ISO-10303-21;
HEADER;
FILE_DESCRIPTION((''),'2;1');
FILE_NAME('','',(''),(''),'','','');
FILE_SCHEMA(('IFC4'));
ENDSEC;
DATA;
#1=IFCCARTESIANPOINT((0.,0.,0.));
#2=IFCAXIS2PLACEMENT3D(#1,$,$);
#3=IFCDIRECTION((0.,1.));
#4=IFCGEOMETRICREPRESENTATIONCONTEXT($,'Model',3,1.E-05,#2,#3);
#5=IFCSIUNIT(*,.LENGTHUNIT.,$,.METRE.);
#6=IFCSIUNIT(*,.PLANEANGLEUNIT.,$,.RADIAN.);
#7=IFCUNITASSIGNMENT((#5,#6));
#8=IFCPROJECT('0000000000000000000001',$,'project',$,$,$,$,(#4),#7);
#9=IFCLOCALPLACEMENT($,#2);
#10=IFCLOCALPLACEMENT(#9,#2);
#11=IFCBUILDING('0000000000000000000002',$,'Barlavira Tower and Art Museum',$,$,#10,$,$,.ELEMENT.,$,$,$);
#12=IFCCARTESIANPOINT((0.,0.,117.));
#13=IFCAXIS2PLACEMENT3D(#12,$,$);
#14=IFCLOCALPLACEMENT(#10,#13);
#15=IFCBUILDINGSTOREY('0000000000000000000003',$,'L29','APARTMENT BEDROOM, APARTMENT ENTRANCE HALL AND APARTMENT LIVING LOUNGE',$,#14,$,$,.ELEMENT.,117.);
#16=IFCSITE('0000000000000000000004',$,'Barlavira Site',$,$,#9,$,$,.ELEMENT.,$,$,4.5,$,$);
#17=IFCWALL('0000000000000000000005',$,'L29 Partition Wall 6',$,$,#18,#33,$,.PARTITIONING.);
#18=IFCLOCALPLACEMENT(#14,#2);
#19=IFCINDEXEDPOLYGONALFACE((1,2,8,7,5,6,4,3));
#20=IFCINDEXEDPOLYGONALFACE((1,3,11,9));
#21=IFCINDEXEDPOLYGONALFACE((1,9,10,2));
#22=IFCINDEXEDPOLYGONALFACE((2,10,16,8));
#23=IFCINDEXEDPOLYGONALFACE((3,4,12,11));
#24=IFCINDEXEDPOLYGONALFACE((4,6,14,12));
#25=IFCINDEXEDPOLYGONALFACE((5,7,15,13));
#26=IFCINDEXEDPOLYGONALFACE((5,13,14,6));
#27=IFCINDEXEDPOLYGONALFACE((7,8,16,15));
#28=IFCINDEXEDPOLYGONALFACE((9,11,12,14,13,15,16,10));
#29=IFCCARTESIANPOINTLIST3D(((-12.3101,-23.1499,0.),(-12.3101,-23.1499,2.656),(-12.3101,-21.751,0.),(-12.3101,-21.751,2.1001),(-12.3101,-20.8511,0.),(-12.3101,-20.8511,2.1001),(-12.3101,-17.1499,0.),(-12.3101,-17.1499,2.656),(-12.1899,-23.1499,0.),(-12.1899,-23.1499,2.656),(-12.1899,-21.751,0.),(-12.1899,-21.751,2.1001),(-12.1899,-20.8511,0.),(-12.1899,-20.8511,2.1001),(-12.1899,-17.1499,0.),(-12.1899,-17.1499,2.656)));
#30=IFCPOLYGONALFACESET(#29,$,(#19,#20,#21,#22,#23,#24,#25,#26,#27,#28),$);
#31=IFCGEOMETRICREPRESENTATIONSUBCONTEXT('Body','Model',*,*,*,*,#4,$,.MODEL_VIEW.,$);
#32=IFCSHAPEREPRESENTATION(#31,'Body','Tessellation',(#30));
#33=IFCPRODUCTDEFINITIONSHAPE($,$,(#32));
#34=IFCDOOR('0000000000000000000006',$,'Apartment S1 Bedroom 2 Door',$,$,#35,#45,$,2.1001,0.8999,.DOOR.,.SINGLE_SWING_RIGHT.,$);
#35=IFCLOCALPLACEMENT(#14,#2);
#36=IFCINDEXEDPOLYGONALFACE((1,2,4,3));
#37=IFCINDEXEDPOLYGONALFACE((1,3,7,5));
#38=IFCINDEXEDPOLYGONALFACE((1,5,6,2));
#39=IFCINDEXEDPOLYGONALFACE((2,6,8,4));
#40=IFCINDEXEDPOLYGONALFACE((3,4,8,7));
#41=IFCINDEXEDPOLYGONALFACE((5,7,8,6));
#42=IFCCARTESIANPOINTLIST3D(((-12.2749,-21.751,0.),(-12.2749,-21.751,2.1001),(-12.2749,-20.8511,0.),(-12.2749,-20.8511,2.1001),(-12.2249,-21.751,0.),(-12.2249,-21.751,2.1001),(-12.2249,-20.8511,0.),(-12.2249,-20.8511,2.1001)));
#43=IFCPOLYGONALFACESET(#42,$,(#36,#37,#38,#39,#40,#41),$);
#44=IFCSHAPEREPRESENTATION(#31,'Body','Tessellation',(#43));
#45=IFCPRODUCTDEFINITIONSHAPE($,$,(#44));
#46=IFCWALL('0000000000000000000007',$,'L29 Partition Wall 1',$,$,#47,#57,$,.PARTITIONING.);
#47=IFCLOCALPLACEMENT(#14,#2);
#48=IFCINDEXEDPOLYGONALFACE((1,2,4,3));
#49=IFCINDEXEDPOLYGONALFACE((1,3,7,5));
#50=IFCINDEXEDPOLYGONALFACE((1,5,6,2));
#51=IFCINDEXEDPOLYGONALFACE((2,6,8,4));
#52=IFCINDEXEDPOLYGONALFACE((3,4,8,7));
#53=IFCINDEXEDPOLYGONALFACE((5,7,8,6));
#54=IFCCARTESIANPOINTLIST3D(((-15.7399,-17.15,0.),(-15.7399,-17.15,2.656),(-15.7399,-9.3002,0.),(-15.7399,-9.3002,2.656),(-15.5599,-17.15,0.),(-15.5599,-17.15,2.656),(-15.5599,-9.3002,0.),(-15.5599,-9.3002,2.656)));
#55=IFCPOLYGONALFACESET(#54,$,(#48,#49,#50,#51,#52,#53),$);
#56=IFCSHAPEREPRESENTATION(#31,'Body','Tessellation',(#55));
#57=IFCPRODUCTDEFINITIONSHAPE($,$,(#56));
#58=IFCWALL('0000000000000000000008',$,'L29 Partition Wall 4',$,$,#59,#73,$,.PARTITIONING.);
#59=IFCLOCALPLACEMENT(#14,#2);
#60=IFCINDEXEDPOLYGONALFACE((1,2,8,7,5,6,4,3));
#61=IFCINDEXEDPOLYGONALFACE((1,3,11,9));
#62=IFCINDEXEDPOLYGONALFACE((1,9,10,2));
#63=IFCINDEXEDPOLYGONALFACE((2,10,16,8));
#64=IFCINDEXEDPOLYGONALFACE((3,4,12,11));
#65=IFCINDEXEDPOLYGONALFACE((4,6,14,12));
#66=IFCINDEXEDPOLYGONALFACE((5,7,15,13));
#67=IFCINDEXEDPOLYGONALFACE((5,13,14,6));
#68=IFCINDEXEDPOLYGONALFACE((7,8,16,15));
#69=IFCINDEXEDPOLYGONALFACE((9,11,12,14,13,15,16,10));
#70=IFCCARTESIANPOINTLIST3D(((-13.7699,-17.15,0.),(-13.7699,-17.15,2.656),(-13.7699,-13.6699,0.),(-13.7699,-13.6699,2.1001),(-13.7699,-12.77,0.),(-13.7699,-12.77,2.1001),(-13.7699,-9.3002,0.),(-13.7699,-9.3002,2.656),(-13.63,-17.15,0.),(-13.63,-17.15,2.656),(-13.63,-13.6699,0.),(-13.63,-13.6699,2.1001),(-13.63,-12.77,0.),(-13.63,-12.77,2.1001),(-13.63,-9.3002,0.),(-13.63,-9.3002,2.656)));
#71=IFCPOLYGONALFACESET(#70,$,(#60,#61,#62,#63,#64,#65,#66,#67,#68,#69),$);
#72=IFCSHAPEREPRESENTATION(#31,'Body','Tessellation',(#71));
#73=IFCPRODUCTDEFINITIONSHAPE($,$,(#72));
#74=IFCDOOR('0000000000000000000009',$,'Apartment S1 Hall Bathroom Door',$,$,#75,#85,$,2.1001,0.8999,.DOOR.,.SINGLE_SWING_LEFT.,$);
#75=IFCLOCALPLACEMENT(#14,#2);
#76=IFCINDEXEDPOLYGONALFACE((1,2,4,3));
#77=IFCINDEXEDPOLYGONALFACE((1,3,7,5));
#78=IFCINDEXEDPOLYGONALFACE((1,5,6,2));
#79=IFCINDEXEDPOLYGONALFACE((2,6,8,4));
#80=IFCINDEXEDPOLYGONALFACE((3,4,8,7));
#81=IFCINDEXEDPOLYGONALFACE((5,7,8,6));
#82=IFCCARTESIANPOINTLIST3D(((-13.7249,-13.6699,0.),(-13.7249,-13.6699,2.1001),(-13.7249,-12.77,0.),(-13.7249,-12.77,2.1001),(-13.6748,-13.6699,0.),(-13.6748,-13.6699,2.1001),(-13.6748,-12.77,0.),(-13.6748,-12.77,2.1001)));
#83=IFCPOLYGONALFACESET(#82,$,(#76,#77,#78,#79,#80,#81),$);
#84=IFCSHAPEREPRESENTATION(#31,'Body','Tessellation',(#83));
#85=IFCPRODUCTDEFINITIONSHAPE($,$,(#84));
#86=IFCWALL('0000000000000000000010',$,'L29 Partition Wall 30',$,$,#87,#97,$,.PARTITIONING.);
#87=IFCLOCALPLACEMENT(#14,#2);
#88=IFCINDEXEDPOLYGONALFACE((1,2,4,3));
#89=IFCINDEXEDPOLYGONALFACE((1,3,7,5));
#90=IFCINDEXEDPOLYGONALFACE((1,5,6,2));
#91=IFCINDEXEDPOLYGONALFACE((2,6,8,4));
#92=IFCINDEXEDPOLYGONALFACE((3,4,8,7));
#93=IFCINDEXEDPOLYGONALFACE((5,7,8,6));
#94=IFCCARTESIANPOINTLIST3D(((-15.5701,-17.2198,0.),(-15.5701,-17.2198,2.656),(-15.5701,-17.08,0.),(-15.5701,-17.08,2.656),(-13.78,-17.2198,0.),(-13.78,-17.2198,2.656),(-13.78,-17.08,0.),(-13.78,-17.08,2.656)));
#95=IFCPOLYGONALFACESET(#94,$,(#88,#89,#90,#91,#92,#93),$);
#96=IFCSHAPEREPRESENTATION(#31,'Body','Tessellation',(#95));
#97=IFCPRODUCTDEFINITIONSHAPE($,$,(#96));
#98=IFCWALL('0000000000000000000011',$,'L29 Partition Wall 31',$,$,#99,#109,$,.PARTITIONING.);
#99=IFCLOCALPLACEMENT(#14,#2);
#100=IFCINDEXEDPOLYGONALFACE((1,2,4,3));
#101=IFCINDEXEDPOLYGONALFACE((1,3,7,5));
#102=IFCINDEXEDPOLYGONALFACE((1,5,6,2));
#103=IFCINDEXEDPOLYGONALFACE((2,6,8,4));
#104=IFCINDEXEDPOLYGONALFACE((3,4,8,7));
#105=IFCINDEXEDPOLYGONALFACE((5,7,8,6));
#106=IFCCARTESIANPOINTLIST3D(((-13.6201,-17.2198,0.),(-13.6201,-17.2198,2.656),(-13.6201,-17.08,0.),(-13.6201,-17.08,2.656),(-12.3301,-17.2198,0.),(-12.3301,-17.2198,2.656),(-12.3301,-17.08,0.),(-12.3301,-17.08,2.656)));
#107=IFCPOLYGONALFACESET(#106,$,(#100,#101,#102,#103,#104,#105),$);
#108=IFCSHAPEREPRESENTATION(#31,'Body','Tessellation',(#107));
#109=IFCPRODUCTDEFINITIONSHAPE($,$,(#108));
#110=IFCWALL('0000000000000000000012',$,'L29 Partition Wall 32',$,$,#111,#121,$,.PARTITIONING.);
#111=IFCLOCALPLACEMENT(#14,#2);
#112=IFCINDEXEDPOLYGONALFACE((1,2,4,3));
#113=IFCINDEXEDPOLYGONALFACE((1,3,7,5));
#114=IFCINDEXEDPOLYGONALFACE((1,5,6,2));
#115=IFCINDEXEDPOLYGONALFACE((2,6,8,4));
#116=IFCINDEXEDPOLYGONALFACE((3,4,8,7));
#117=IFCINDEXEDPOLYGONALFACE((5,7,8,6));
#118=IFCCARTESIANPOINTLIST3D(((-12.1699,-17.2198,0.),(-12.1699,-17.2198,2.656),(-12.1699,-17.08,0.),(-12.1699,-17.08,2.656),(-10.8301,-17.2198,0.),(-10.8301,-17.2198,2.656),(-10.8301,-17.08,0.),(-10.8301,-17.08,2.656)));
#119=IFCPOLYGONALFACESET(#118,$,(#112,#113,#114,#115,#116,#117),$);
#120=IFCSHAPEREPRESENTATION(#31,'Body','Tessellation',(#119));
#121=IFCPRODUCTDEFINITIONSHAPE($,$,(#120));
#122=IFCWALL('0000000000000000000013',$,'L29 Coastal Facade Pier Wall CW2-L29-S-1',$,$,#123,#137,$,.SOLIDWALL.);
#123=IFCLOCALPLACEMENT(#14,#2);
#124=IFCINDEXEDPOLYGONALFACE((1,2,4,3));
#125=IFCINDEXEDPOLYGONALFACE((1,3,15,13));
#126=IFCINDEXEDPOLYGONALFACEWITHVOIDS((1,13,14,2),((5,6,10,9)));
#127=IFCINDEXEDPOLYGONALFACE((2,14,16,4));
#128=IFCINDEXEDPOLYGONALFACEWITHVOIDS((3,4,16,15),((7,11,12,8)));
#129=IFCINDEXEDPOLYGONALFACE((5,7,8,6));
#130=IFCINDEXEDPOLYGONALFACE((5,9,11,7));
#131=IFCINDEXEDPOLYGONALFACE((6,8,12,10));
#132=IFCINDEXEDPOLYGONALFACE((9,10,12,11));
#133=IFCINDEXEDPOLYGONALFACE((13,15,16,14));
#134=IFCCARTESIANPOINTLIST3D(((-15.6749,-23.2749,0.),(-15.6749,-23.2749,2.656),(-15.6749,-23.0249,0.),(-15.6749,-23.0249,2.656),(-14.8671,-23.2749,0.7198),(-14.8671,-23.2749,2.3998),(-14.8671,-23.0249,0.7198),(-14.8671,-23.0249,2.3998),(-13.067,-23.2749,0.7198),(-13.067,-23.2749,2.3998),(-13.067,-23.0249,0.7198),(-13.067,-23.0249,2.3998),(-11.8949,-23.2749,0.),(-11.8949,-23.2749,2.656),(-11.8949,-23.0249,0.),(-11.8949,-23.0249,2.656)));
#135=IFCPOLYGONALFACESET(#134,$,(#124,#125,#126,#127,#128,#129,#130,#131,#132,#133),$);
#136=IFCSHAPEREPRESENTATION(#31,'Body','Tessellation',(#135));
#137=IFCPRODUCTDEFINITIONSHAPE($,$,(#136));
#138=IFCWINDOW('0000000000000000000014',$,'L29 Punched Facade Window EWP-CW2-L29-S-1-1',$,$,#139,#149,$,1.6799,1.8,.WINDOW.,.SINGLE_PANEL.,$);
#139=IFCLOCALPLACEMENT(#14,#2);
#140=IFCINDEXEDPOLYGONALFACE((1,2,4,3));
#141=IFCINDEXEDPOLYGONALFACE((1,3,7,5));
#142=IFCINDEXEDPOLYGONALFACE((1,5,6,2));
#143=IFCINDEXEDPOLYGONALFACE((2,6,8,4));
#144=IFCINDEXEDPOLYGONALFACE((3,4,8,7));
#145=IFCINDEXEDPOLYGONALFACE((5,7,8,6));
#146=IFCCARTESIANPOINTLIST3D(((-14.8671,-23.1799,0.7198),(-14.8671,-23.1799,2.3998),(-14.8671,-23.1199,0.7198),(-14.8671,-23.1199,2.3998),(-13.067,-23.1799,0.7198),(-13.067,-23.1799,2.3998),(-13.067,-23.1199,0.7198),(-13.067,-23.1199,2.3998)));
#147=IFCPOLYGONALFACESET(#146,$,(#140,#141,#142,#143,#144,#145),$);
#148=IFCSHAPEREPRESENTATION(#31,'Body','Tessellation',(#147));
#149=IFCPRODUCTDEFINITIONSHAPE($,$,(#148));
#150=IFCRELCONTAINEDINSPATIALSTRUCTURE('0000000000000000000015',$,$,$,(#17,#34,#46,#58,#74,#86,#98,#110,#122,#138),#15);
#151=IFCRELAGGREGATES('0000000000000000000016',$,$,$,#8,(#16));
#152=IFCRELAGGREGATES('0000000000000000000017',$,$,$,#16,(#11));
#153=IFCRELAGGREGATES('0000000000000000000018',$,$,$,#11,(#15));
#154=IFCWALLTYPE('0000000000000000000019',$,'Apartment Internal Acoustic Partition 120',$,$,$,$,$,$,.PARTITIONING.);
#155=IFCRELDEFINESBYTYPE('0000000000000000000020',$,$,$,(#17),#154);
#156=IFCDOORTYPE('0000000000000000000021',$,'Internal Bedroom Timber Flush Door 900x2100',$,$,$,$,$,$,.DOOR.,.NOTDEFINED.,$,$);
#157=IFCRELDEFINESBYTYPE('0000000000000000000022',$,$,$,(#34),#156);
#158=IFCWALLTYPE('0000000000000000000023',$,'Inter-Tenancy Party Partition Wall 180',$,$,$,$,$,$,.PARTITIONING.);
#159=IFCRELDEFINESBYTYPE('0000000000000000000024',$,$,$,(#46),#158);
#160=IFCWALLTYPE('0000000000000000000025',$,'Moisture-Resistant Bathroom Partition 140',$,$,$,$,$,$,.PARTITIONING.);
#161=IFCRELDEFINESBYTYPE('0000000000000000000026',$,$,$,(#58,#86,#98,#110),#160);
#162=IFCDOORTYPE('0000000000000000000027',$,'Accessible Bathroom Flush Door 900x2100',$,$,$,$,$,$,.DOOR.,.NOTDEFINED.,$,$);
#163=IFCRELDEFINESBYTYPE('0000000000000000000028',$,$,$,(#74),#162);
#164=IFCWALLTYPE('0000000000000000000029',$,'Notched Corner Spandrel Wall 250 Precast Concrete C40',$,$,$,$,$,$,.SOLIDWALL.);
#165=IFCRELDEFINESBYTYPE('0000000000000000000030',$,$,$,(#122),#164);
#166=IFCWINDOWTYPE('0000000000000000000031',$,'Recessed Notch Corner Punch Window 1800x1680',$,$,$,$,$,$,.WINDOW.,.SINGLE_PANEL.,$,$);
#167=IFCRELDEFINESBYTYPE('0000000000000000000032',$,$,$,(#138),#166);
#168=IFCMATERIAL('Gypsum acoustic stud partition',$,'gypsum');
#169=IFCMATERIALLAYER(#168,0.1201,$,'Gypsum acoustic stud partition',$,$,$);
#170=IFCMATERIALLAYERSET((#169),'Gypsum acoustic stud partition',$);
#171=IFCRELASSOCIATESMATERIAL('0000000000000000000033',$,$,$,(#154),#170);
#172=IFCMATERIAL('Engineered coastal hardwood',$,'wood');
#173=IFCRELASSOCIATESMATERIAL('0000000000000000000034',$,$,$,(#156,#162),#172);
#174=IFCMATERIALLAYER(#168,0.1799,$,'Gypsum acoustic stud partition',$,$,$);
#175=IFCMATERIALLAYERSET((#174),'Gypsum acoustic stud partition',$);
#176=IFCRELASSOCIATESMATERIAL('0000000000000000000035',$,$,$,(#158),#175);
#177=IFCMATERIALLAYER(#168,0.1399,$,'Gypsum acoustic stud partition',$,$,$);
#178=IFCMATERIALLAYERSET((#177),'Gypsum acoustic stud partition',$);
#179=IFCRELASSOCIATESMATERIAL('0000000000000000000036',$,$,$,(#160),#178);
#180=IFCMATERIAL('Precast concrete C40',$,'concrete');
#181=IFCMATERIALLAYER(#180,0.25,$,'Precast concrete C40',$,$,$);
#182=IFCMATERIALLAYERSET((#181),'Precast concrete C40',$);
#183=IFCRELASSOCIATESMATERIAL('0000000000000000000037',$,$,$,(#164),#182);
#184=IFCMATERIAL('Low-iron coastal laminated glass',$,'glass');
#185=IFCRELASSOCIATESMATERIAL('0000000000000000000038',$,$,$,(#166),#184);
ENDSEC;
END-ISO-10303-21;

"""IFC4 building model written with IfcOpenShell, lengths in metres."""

from ifc_helpers import new_model, si_unit, direction, frame, frame_2d, origin, place, context, subcontext, project, spatial, rectangle, extrude, material, layer, layer_set, type_object, element, fill, save


model = new_model("IFC4")

# Units and contexts
model_context = context("Model", 3, precision=1e-05, world=origin(), true_north=direction((0.0, 1.0)))
body_context = subcontext(model_context, "Body", "Model", "MODEL_VIEW")
ifc_project = project(units=[si_unit("LENGTHUNIT", "METRE"), si_unit("PLANEANGLEUNIT", "RADIAN")], contexts=[model_context])

# Site, building, storey
site_placement = place(None, origin())
site = spatial("IfcSite", under=ifc_project, at=site_placement, Name="Barlavira Site", CompositionType="ELEMENT", RefElevation=4.5)
building_placement = place(site_placement, origin())
building = spatial("IfcBuilding", under=site, at=building_placement, Name="Barlavira Tower and Art Museum", CompositionType="ELEMENT")
storey_placement = place(building_placement, frame((0.0, 0.0, 117.0)))
storey = spatial("IfcBuildingStorey", under=building, at=storey_placement, Name="L29", Description="APARTMENT BEDROOM, APARTMENT ENTRANCE HALL AND APARTMENT LIVING LOUNGE", CompositionType="ELEMENT", Elevation=117.0)

# Wall, opening, door
ifc_material_1 = material(Name="Gypsum acoustic stud partition", Category="gypsum")
ifc_layer_1 = layer(ifc_material_1, 0.1201, Name="Gypsum acoustic stud partition")
ifc_layer_set_1 = layer_set([ifc_layer_1], Name="Gypsum acoustic stud partition")
wall_type_1 = type_object("IfcWallType", Name="Apartment Internal Acoustic Partition 120", PredefinedType="PARTITIONING", material=ifc_layer_set_1)
wall_1_placement = place(storey_placement, frame((-12.25, -23.1499, 0.0), z_axis=(0.0, 0.0, 1.0), x_axis=(0.0, 1.0, 0.0)))
wall_1 = element("IfcWall", 1, at=wall_1_placement, inside=storey, type_object=wall_type_1, Name="L29 Partition Wall 6", PredefinedType="PARTITIONING", context=body_context, shape_type="SweptSolid", body=[
    extrude(rectangle(XDim=6.0, YDim=0.1201, at=frame_2d((3.0, 0.0))), origin(), (0.0, 0.0, 1.0), 2.656),
])
opening_1_placement = place(wall_1_placement, frame((1.3989, 0.0, 0.0)))
opening_1 = element("IfcOpeningElement", 2, at=opening_1_placement, cuts=wall_1, PredefinedType="OPENING", context=body_context, shape_type="SweptSolid", body=[
    extrude(rectangle(XDim=0.8999, YDim=2.1001, at=frame_2d((0.45, 1.05))), frame((0.0, 0.0701, 0.0), z_axis=(0.0, -1.0, 0.0), x_axis=(1.0, 0.0, 0.0)), (0.0, 0.0, 1.0), 0.1401),
])
ifc_material_2 = material(Name="Engineered coastal hardwood", Category="wood")
door_type_1 = type_object("IfcDoorType", Name="Internal Bedroom Timber Flush Door 900x2100", OperationType="NOTDEFINED", PredefinedType="DOOR", material=ifc_material_2)
door_1_placement = place(opening_1_placement, origin())
door_1 = element("IfcDoor", 3, at=door_1_placement, inside=storey, type_object=door_type_1, Name="Apartment S1 Bedroom 2 Door", OperationType="SINGLE_SWING_RIGHT", OverallHeight=2.1001, OverallWidth=0.8999, PredefinedType="DOOR", context=body_context, shape_type="SweptSolid", body=[
    extrude(rectangle(XDim=0.8999, YDim=2.1001, at=frame_2d((0.45, 1.05))), frame((0.0, 0.0249, 0.0), z_axis=(0.0, -1.0, 0.0), x_axis=(1.0, 0.0, 0.0)), (0.0, 0.0, 1.0), 0.05),
])
fill(opening_1, door_1)

# Wall
ifc_layer_2 = layer(ifc_material_1, 0.1799, Name="Gypsum acoustic stud partition")
ifc_layer_set_2 = layer_set([ifc_layer_2], Name="Gypsum acoustic stud partition")
wall_type_2 = type_object("IfcWallType", Name="Inter-Tenancy Party Partition Wall 180", PredefinedType="PARTITIONING", material=ifc_layer_set_2)
wall_2_placement = place(storey_placement, frame((-15.6499, -17.1499, 0.0), z_axis=(0.0, 0.0, 1.0), x_axis=(0.0, 1.0, 0.0)))
element("IfcWall", 4, at=wall_2_placement, inside=storey, type_object=wall_type_2, Name="L29 Partition Wall 1", PredefinedType="PARTITIONING", context=body_context, shape_type="SweptSolid", body=[
    extrude(rectangle(XDim=7.8499, YDim=0.1799, at=frame_2d((3.9248, 0.0))), origin(), (0.0, 0.0, 1.0), 2.656),
])

# Wall, opening, door
ifc_layer_3 = layer(ifc_material_1, 0.1399, Name="Gypsum acoustic stud partition")
ifc_layer_set_3 = layer_set([ifc_layer_3], Name="Gypsum acoustic stud partition")
wall_type_3 = type_object("IfcWallType", Name="Moisture-Resistant Bathroom Partition 140", PredefinedType="PARTITIONING", material=ifc_layer_set_3)
wall_3_placement = place(storey_placement, frame((-13.7, -17.1499, 0.0), z_axis=(0.0, 0.0, 1.0), x_axis=(0.0, 1.0, 0.0)))
wall_3 = element("IfcWall", 5, at=wall_3_placement, inside=storey, type_object=wall_type_3, Name="L29 Partition Wall 4", PredefinedType="PARTITIONING", context=body_context, shape_type="SweptSolid", body=[
    extrude(rectangle(XDim=7.8499, YDim=0.1399, at=frame_2d((3.9248, 0.0))), origin(), (0.0, 0.0, 1.0), 2.656),
])
opening_2_placement = place(wall_3_placement, frame((3.48, 0.0, 0.0)))
opening_2 = element("IfcOpeningElement", 6, at=opening_2_placement, cuts=wall_3, PredefinedType="OPENING", context=body_context, shape_type="SweptSolid", body=[
    extrude(rectangle(XDim=0.8999, YDim=2.1001, at=frame_2d((0.45, 1.05))), frame((0.0, 0.0801, 0.0), z_axis=(0.0, -1.0, 0.0), x_axis=(1.0, 0.0, 0.0)), (0.0, 0.0, 1.0), 0.1599),
])
door_type_2 = type_object("IfcDoorType", Name="Accessible Bathroom Flush Door 900x2100", OperationType="NOTDEFINED", PredefinedType="DOOR", material=ifc_material_2)
door_2_placement = place(opening_2_placement, origin())
door_2 = element("IfcDoor", 7, at=door_2_placement, inside=storey, type_object=door_type_2, Name="Apartment S1 Hall Bathroom Door", OperationType="SINGLE_SWING_LEFT", OverallHeight=2.1001, OverallWidth=0.8999, PredefinedType="DOOR", context=body_context, shape_type="SweptSolid", body=[
    extrude(rectangle(XDim=0.8999, YDim=2.1001, at=frame_2d((0.45, 1.05))), frame((0.0, 0.0249, 0.0), z_axis=(0.0, -1.0, 0.0), x_axis=(1.0, 0.0, 0.0)), (0.0, 0.0, 1.0), 0.05),
])
fill(opening_2, door_2)

# Walls
wall_4_placement = place(storey_placement, frame((-15.5701, -17.1499, 0.0), z_axis=(0.0, 0.0, 1.0), x_axis=(1.0, 0.0, 0.0)))
element("IfcWall", 8, at=wall_4_placement, inside=storey, type_object=wall_type_3, Name="L29 Partition Wall 30", PredefinedType="PARTITIONING", context=body_context, shape_type="SweptSolid", body=[
    extrude(rectangle(XDim=1.79, YDim=0.1399, at=frame_2d((0.895, 0.0))), origin(), (0.0, 0.0, 1.0), 2.656),
])
wall_5_placement = place(storey_placement, frame((-13.6201, -17.1499, 0.0), z_axis=(0.0, 0.0, 1.0), x_axis=(1.0, 0.0, 0.0)))
element("IfcWall", 9, at=wall_5_placement, inside=storey, type_object=wall_type_3, Name="L29 Partition Wall 31", PredefinedType="PARTITIONING", context=body_context, shape_type="SweptSolid", body=[
    extrude(rectangle(XDim=1.29, YDim=0.1399, at=frame_2d((0.645, 0.0))), origin(), (0.0, 0.0, 1.0), 2.656),
])
wall_6_placement = place(storey_placement, frame((-12.1699, -17.1499, 0.0), z_axis=(0.0, 0.0, 1.0), x_axis=(1.0, 0.0, 0.0)))
element("IfcWall", 10, at=wall_6_placement, inside=storey, type_object=wall_type_3, Name="L29 Partition Wall 32", PredefinedType="PARTITIONING", context=body_context, shape_type="SweptSolid", body=[
    extrude(rectangle(XDim=1.3398, YDim=0.1399, at=frame_2d((0.6699, 0.0))), origin(), (0.0, 0.0, 1.0), 2.656),
])

# Wall, opening, window
ifc_material_3 = material(Name="Precast concrete C40", Category="concrete")
ifc_layer_4 = layer(ifc_material_3, 0.25, Name="Precast concrete C40")
ifc_layer_set_4 = layer_set([ifc_layer_4], Name="Precast concrete C40")
wall_type_4 = type_object("IfcWallType", Name="Notched Corner Spandrel Wall 250 Precast Concrete C40", PredefinedType="SOLIDWALL", material=ifc_layer_set_4)
wall_7_placement = place(storey_placement, frame((-15.675, -23.1499, 0.0), z_axis=(0.0, 0.0, 1.0), x_axis=(1.0, 0.0, 0.0)))
wall_7 = element("IfcWall", 11, at=wall_7_placement, inside=storey, type_object=wall_type_4, Name="L29 Coastal Facade Pier Wall CW2-L29-S-1", PredefinedType="SOLIDWALL", context=body_context, shape_type="SweptSolid", body=[
    extrude(rectangle(XDim=3.78, YDim=0.25, at=frame_2d((1.8901, 0.0))), origin(), (0.0, 0.0, 1.0), 2.656),
])
opening_3_placement = place(wall_7_placement, frame((0.8081, 0.0, 0.72)))
opening_3 = element("IfcOpeningElement", 12, at=opening_3_placement, cuts=wall_7, PredefinedType="OPENING", context=body_context, shape_type="SweptSolid", body=[
    extrude(rectangle(XDim=1.8, YDim=1.6799, at=frame_2d((0.8999, 0.8398))), frame((0.0, 0.135, 0.0), z_axis=(0.0, -1.0, 0.0), x_axis=(1.0, 0.0, 0.0)), (0.0, 0.0, 1.0), 0.27),
])
ifc_material_4 = material(Name="Low-iron coastal laminated glass", Category="glass")
window_type_1 = type_object("IfcWindowType", Name="Recessed Notch Corner Punch Window 1800x1680", PartitioningType="SINGLE_PANEL", PredefinedType="WINDOW", material=ifc_material_4)
window_1_placement = place(opening_3_placement, origin())
window_1 = element("IfcWindow", 13, at=window_1_placement, inside=storey, type_object=window_type_1, Name="L29 Punched Facade Window EWP-CW2-L29-S-1-1", OverallHeight=1.6799, OverallWidth=1.8, PartitioningType="SINGLE_PANEL", PredefinedType="WINDOW", context=body_context, shape_type="SweptSolid", body=[
    extrude(rectangle(XDim=1.8, YDim=1.6799, at=frame_2d((0.8999, 0.8398))), frame((0.0, 0.03, 0.0), z_axis=(0.0, -1.0, 0.0), x_axis=(1.0, 0.0, 0.0)), (0.0, 0.0, 1.0), 0.0601),
])
fill(opening_3, window_1)

save(model, "model.ifc")
